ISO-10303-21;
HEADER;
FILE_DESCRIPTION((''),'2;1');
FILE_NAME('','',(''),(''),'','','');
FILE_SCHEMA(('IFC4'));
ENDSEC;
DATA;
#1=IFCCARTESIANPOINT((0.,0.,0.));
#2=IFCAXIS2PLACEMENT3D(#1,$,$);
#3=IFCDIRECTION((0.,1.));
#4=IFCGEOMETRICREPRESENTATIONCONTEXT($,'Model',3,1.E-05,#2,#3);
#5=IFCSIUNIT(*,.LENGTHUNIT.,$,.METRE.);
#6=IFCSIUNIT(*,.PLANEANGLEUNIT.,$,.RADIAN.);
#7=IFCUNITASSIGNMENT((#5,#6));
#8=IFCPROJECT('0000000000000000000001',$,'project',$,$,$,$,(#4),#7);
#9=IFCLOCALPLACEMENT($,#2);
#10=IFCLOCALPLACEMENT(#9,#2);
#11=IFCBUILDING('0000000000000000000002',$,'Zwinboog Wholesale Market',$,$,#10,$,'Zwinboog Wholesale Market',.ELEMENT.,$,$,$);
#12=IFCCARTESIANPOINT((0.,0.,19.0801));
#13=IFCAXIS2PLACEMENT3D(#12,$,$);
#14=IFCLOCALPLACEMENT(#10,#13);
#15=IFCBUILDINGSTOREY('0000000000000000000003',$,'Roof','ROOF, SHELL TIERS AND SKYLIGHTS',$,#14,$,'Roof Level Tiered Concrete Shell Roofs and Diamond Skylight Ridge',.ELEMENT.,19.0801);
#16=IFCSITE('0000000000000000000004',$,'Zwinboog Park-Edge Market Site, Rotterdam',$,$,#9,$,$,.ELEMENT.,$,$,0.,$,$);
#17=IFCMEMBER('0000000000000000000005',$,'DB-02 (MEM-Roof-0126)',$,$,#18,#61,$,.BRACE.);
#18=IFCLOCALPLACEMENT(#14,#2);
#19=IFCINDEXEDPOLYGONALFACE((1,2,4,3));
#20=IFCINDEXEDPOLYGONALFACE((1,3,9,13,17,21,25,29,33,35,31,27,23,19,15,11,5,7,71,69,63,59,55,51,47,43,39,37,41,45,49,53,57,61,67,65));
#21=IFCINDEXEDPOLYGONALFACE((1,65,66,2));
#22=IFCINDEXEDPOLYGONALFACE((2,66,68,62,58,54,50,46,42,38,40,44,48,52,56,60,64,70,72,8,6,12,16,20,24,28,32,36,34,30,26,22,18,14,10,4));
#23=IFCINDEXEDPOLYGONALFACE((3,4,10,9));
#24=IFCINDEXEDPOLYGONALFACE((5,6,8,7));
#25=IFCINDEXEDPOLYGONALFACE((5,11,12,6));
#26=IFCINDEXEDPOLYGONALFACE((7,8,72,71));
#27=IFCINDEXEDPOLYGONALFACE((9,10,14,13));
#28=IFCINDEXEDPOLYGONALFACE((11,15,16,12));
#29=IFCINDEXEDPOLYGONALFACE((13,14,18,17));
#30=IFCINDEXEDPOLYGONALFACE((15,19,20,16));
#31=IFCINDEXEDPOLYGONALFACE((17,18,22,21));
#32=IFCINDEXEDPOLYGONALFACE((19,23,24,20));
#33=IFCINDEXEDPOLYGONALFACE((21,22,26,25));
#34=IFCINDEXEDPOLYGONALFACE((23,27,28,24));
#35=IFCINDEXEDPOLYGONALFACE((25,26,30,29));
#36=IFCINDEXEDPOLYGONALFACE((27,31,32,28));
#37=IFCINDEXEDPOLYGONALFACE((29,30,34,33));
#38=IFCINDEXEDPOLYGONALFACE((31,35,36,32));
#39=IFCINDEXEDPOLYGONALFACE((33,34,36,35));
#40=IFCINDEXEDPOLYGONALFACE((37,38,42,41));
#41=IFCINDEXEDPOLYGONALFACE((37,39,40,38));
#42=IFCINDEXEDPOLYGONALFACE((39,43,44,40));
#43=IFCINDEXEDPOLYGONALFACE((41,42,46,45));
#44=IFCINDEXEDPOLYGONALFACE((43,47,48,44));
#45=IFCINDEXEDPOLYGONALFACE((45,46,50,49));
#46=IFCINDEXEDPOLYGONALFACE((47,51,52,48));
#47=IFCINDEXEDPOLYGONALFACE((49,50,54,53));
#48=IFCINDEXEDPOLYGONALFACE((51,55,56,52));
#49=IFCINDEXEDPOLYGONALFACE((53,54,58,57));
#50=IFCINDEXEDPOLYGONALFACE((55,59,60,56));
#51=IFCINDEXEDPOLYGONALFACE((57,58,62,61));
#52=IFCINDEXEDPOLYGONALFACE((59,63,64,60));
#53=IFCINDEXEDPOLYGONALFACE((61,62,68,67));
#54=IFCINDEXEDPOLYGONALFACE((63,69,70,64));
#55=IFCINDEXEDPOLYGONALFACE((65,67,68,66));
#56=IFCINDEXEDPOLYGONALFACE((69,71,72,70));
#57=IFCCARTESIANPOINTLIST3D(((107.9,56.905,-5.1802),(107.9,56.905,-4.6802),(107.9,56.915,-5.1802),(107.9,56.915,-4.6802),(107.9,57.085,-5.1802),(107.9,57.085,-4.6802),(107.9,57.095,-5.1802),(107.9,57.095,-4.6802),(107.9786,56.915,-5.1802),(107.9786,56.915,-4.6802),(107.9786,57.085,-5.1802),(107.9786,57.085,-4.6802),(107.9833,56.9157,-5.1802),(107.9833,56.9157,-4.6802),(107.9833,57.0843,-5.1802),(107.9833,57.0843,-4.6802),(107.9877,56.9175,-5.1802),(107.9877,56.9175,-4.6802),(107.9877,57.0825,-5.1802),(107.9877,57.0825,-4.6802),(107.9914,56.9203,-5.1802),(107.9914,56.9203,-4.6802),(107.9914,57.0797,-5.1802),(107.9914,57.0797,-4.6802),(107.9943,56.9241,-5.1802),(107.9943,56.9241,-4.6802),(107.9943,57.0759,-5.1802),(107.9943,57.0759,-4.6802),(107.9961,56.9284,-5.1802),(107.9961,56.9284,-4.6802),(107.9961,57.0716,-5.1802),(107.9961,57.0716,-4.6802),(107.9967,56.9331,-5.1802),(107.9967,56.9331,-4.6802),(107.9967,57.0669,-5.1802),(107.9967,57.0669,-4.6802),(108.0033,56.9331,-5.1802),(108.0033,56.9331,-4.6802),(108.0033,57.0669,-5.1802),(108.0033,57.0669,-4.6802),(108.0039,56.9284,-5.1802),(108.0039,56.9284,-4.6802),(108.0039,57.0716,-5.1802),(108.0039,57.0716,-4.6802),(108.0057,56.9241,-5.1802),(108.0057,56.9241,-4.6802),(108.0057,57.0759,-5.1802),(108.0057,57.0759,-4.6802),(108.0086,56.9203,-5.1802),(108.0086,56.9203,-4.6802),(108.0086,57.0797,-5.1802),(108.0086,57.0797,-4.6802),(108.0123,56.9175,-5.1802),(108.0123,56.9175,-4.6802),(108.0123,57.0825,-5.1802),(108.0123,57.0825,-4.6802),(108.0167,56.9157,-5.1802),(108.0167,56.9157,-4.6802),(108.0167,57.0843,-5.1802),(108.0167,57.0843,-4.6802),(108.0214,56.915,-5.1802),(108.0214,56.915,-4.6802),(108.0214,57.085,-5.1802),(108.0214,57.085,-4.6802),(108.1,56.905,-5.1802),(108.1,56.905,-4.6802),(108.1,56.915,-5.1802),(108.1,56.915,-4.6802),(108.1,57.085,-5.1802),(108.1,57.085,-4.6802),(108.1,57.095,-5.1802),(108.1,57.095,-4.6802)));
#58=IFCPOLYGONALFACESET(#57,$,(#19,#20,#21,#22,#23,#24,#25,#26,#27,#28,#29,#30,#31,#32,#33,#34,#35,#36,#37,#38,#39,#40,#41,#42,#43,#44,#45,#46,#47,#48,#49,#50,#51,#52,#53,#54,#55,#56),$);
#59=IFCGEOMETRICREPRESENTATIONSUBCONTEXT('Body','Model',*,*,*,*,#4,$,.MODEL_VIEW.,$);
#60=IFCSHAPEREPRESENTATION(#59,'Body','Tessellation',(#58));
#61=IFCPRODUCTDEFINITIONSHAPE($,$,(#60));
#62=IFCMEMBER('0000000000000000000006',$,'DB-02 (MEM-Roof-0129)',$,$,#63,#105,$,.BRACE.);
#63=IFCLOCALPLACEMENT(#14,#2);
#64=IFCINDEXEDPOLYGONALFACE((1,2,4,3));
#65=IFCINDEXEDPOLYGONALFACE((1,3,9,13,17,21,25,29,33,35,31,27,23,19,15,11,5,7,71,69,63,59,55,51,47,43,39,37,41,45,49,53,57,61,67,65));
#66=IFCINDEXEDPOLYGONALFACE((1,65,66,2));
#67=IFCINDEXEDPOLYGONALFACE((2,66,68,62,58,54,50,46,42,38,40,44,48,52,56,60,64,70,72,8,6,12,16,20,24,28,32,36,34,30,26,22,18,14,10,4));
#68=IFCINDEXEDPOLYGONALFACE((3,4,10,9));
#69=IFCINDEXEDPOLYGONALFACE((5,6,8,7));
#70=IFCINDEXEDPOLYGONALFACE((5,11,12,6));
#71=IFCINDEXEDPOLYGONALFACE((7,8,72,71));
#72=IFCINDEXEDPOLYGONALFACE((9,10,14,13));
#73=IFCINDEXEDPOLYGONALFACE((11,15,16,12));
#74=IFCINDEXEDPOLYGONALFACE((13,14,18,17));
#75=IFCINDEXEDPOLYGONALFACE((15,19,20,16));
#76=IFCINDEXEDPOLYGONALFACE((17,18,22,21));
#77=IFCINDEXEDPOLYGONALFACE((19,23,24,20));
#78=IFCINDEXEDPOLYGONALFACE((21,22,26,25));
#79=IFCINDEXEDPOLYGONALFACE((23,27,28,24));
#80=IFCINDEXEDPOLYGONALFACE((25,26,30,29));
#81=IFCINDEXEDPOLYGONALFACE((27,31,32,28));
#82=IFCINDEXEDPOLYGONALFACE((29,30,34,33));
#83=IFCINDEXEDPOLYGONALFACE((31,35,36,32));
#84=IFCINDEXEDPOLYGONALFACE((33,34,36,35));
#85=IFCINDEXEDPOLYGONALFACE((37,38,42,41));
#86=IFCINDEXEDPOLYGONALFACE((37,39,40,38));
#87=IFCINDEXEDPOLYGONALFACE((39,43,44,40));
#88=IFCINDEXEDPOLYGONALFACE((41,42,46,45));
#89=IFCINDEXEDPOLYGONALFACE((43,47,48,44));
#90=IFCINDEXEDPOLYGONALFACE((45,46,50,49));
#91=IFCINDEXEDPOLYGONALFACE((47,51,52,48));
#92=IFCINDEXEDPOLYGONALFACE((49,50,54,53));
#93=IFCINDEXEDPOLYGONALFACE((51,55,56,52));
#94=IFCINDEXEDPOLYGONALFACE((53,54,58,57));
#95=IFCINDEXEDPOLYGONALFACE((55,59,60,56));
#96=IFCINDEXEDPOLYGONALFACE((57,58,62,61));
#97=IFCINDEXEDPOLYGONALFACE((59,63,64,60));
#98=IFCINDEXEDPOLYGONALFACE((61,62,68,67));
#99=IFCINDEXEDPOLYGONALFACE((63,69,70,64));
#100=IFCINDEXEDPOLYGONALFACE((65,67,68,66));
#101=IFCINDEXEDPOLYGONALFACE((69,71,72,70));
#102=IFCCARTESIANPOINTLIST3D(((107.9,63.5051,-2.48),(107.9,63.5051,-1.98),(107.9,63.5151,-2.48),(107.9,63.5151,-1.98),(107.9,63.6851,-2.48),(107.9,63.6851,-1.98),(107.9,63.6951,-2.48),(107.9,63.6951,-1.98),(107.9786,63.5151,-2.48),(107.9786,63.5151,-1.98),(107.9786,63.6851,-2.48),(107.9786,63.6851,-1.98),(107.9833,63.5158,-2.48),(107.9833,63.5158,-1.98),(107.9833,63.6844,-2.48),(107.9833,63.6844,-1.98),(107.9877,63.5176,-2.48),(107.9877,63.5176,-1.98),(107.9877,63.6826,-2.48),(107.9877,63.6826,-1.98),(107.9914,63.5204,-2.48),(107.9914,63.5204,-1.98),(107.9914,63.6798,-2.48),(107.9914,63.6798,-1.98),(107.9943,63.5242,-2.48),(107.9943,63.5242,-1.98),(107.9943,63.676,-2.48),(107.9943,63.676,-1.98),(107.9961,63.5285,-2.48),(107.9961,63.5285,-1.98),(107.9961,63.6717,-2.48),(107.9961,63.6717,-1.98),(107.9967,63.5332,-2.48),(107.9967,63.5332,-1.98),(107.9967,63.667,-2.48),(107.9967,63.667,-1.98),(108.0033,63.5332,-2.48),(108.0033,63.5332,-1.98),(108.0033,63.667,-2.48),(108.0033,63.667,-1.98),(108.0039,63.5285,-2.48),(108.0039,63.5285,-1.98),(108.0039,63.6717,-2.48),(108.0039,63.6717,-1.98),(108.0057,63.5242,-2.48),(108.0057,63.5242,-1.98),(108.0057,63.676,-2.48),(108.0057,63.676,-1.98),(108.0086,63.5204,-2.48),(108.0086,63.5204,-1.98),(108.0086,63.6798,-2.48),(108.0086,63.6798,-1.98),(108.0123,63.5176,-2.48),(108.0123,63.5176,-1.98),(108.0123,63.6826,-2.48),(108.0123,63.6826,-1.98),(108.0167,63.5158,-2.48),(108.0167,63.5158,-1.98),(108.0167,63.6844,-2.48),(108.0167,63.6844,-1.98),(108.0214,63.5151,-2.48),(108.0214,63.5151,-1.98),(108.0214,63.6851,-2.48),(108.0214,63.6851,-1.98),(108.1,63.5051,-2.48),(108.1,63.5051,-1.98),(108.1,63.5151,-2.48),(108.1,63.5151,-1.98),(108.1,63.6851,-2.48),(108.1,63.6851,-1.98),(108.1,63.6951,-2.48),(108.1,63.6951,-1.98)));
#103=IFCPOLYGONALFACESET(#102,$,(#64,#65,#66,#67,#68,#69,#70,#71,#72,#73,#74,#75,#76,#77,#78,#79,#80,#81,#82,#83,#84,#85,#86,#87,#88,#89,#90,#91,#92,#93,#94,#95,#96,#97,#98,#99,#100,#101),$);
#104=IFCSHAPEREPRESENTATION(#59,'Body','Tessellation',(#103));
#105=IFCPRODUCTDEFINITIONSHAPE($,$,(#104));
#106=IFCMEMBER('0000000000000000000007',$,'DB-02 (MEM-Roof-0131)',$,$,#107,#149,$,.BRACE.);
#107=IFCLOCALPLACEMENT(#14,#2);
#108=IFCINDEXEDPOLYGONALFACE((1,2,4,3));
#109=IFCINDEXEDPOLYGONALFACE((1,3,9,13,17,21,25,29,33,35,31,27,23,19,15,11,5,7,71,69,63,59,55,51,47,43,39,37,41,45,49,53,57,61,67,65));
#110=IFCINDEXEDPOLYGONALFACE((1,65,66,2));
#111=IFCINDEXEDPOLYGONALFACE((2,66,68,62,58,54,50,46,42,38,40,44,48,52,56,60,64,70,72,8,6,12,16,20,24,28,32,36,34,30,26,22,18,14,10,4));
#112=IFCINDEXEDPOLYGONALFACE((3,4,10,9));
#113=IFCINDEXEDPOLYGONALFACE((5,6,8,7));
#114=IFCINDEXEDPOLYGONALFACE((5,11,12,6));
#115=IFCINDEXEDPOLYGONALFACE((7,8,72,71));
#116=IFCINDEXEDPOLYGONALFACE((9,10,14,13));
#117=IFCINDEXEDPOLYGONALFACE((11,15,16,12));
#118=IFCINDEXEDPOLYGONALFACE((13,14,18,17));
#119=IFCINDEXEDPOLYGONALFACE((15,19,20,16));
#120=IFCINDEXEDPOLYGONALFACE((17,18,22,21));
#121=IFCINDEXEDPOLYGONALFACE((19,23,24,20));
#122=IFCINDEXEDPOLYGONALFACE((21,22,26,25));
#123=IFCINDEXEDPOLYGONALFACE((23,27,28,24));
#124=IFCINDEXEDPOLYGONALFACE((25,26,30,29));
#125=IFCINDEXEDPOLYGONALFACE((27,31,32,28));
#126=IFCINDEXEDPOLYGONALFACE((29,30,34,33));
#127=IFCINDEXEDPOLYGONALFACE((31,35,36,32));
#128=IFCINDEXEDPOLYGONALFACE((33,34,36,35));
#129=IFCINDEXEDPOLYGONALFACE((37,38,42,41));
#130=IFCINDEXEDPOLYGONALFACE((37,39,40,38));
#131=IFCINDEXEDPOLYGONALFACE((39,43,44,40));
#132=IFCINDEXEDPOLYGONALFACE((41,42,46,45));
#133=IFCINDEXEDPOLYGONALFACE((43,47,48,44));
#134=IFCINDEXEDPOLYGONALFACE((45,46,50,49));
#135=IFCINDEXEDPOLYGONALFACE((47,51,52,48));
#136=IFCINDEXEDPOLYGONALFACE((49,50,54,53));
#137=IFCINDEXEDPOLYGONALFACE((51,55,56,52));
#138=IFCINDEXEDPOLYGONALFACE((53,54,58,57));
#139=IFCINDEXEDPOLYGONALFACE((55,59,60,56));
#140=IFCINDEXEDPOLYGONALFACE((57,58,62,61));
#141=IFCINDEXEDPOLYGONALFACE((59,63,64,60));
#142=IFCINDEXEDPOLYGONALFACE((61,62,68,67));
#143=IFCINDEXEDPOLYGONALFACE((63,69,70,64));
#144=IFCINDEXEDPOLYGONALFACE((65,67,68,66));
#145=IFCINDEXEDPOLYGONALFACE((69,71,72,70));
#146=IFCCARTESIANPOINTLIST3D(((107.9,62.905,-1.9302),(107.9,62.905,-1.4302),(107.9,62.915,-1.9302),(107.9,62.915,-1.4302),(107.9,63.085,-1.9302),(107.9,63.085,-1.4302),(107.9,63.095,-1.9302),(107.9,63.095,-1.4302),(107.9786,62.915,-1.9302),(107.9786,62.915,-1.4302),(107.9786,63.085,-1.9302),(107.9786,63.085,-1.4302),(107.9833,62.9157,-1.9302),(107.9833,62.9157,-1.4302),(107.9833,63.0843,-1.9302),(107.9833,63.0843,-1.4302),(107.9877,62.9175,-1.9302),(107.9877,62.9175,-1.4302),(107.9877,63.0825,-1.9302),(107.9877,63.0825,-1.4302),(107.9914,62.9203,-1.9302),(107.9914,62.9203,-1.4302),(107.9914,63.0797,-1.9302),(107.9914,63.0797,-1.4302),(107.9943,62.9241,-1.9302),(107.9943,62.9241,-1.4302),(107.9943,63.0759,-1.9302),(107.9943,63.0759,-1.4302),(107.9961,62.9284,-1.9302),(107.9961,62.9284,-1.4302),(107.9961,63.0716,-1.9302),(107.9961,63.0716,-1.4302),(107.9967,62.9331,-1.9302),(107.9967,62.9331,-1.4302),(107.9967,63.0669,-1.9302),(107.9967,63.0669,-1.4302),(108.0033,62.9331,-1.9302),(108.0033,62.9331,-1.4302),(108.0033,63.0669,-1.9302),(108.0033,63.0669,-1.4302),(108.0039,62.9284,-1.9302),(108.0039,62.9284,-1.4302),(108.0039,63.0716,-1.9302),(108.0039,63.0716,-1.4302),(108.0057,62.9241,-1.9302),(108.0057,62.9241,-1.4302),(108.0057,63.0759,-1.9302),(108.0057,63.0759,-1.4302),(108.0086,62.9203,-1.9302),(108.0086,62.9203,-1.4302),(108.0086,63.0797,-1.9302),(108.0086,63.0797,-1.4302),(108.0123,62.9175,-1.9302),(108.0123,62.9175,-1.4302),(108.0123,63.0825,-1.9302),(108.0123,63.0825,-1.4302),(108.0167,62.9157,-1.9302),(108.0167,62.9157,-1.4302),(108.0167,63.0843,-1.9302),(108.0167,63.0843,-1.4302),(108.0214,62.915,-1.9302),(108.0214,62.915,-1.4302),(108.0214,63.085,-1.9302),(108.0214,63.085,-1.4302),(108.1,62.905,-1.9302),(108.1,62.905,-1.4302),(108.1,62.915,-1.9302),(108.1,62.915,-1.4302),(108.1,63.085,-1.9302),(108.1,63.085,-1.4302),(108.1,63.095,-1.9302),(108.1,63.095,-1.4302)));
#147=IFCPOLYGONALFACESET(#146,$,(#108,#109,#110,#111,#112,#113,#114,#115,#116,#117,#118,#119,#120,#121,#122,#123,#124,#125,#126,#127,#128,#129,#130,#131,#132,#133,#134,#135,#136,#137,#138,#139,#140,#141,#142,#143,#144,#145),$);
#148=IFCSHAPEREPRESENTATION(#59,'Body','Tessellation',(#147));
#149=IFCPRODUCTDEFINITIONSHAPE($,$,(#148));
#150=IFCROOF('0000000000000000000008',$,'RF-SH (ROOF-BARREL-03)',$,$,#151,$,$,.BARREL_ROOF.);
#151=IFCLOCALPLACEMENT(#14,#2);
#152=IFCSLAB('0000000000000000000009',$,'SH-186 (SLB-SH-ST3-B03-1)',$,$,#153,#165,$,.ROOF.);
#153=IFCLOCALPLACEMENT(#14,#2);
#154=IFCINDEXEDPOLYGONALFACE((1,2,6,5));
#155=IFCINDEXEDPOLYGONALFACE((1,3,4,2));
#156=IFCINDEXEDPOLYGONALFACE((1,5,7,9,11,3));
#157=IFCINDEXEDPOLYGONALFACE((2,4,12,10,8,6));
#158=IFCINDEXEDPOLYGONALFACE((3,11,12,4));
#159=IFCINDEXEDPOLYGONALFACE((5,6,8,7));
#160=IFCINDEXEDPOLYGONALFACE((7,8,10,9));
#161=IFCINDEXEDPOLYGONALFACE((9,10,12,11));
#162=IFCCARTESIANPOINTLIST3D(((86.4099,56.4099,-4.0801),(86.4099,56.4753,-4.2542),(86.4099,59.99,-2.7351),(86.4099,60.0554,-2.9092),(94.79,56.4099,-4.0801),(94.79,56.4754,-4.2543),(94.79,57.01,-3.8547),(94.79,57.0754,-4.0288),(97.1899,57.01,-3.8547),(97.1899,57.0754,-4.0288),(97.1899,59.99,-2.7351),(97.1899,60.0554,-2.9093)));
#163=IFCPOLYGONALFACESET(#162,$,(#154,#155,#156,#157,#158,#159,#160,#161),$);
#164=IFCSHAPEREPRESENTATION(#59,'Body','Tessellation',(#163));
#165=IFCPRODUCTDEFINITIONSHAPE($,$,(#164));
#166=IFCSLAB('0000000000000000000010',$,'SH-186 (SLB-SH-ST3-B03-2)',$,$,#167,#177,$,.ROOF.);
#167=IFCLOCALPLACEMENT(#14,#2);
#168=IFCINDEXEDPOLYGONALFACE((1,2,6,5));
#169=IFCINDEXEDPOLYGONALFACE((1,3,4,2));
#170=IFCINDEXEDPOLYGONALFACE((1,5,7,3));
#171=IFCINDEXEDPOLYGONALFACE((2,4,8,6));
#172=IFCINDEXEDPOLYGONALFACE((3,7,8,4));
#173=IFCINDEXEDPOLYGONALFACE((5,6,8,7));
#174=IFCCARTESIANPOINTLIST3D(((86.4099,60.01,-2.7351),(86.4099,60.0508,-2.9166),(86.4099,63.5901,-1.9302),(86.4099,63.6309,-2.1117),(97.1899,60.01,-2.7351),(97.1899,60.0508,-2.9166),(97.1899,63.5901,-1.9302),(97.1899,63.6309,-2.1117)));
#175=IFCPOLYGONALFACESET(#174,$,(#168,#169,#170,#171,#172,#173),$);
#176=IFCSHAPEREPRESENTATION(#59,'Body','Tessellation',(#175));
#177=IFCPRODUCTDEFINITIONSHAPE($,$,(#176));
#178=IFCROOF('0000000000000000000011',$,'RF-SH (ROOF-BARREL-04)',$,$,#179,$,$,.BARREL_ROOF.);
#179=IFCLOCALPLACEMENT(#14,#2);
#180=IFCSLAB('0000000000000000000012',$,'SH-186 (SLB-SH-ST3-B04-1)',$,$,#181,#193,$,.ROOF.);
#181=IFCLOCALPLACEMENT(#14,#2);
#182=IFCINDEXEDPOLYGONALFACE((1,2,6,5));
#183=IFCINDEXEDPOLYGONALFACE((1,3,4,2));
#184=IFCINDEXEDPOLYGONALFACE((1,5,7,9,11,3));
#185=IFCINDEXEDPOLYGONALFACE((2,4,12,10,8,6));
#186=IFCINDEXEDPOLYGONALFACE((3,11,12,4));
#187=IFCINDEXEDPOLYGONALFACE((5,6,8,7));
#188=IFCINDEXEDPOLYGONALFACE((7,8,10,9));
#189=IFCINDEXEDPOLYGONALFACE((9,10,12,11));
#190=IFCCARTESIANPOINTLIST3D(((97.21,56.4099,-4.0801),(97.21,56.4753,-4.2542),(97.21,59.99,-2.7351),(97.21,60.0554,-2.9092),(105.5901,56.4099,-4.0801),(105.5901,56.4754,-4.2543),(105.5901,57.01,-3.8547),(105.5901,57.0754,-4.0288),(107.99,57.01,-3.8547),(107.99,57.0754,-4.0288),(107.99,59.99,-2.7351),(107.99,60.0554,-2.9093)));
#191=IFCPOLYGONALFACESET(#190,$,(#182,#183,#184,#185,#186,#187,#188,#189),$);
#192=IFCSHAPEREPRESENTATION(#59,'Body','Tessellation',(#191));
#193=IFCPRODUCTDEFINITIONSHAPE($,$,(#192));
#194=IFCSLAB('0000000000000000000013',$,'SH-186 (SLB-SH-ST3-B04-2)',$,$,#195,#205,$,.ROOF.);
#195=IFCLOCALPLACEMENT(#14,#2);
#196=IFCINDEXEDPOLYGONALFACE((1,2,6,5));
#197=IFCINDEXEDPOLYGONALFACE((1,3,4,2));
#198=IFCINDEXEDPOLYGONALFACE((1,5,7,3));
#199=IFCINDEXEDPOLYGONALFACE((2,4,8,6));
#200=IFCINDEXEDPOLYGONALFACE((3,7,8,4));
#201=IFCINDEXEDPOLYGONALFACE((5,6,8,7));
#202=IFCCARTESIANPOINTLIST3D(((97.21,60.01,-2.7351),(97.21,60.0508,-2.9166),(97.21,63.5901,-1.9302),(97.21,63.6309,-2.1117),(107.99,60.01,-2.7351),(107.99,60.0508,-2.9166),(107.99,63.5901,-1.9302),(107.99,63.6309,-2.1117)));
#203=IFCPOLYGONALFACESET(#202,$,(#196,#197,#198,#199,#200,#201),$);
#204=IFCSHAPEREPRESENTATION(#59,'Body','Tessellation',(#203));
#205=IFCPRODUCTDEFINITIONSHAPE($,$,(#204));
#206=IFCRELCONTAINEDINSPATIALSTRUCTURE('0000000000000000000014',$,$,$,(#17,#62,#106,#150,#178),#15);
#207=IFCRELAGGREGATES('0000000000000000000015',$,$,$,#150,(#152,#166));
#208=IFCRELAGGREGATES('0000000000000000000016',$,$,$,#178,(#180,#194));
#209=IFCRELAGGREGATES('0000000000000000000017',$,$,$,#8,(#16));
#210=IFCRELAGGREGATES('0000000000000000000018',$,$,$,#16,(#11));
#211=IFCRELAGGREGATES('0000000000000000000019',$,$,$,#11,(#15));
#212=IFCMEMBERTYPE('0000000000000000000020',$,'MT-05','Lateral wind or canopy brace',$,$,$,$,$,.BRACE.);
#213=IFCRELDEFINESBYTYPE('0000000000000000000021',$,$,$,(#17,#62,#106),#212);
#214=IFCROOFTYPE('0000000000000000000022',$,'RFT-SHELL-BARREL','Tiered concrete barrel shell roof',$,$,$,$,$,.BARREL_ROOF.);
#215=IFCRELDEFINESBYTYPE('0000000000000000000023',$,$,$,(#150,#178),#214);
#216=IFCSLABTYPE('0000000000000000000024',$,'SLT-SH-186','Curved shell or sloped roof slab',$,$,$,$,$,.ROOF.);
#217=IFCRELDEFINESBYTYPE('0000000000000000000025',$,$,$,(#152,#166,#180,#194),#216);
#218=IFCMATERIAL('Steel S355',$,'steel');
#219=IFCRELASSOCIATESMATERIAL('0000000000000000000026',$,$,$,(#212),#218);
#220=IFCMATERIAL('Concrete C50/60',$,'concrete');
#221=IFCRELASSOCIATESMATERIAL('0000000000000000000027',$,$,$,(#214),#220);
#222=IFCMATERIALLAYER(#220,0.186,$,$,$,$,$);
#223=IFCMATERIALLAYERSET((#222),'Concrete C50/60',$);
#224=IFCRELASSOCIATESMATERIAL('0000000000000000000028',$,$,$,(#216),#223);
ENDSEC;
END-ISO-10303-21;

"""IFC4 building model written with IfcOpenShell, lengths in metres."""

from ifc_helpers import new_model, si_unit, direction, frame, origin, origin_2d, place, context, subcontext, project, spatial, polyline, i_section, outline, extrude, material, layer, layer_set, material_profile, profile_set, type_object, element, aggregate, save


model = new_model("IFC4")

# Units and contexts
model_context = context("Model", 3, precision=1e-05, world=origin(), true_north=direction((0.0, 1.0)))
body_context = subcontext(model_context, "Body", "Model", "MODEL_VIEW")
ifc_project = project(units=[si_unit("LENGTHUNIT", "METRE"), si_unit("PLANEANGLEUNIT", "RADIAN")], contexts=[model_context])

# Site, building, storey
site_placement = place(None, origin())
site = spatial("IfcSite", under=ifc_project, at=site_placement, Name="Zwinboog Park-Edge Market Site, Rotterdam", CompositionType="ELEMENT", RefElevation=0.0)
building_placement = place(site_placement, origin())
building = spatial("IfcBuilding", under=site, at=building_placement, Name="Zwinboog Wholesale Market", LongName="Zwinboog Wholesale Market", CompositionType="ELEMENT")
storey_placement = place(building_placement, frame((0.0, 0.0, 19.0801)))
storey = spatial("IfcBuildingStorey", under=building, at=storey_placement, Name="Roof", Description="ROOF, SHELL TIERS AND SKYLIGHTS", LongName="Roof Level Tiered Concrete Shell Roofs and Diamond Skylight Ridge", CompositionType="ELEMENT", Elevation=19.0801)

# Members
ifc_material_1 = material(Name="Steel S355", Category="steel")
ifc_material_profile_1 = material_profile(ifc_material_1, i_section(OverallWidth=0.2, OverallDepth=0.1899, WebThickness=0.0066, FlangeThickness=0.01, FilletRadius=0.0181, at=origin_2d()), Name="HEA 200")
ifc_profile_set_1 = profile_set([ifc_material_profile_1], Name="Steel S355")
member_type_1 = type_object("IfcMemberType", Name="MT-05", Description="Lateral wind or canopy brace", PredefinedType="BRACE", material=ifc_profile_set_1)
for number, where, z_axis, x_axis, name in (
    (1, (108.0, 57.0, -5.1802), (0.0, 0.0, 1.0), (1.0, 0.0, 0.0), "DB-02 (MEM-Roof-0126)"),
    (2, (108.0, 63.6001, -2.48), (0.0, 0.0, 1.0), (1.0, 0.0, 0.0), "DB-02 (MEM-Roof-0129)"),
    (3, (108.0, 63.0, -1.9302), (0.0, 0.0, 1.0), (1.0, 0.0, 0.0), "DB-02 (MEM-Roof-0131)"),
):
    element("IfcMember", number, at=place(storey_placement, frame(where, z_axis=z_axis, x_axis=x_axis)), inside=storey, type_object=member_type_1, Name=name, PredefinedType="BRACE", context=body_context, shape_type="SweptSolid", body=[
        extrude(i_section(OverallWidth=0.2, OverallDepth=0.1899, WebThickness=0.0066, FlangeThickness=0.01, FilletRadius=0.0181, at=origin_2d()), origin(), (0.0, 0.0, 1.0), 0.5),
    ])

# Roofs, slabs
ifc_material_2 = material(Name="Concrete C50/60", Category="concrete")
roof_type = type_object("IfcRoofType", Name="RFT-SHELL-BARREL", Description="Tiered concrete barrel shell roof", PredefinedType="BARREL_ROOF", material=ifc_material_2)
roof_1_placement = place(storey_placement, origin())
roof_1 = element("IfcRoof", 4, at=roof_1_placement, inside=storey, type_object=roof_type, Name="RF-SH (ROOF-BARREL-03)", PredefinedType="BARREL_ROOF")
ifc_layer_1 = layer(ifc_material_2, 0.186)
ifc_layer_set_1 = layer_set([ifc_layer_1], Name="Concrete C50/60")
slab_type_1 = type_object("IfcSlabType", Name="SLT-SH-186", Description="Curved shell or sloped roof slab", PredefinedType="ROOF", material=ifc_layer_set_1)
slab_1_placement = place(storey_placement, frame((86.4099, 56.4099, -4.0801), z_axis=(0.000005, -0.351689, 0.936117), x_axis=(1.0, 0.000002, -0.000004)))
slab_1 = element("IfcSlab", 5, at=slab_1_placement, type_object=slab_type_1, Name="SH-186 (SLB-SH-ST3-B03-1)", PredefinedType="ROOF", context=body_context, shape_type="SweptSolid", body=[
    extrude(outline(polyline([(0.0, 0.0), (8.3801, 0.0), (8.3801, 0.641), (10.78, 0.641), (10.78, 3.8244), (0.0, 3.8244), (0.0, 0.0)])), origin(), (0.0, 0.0, -1.0), 0.186),
])
slab_2_placement = place(storey_placement, frame((86.4099, 60.01, -2.7351), z_axis=(0.0, -0.21936, 0.975644), x_axis=(1.0, 0.0, 0.0)))
slab_2 = element("IfcSlab", 6, at=slab_2_placement, type_object=slab_type_1, Name="SH-186 (SLB-SH-ST3-B03-2)", PredefinedType="ROOF", context=body_context, shape_type="SweptSolid", body=[
    extrude(outline(polyline([(0.0, 0.0), (10.78, 0.0), (10.78, 3.6695), (0.0, 3.6695), (0.0, 0.0)])), origin(), (0.0, 0.0, -1.0), 0.186),
])
roof_2_placement = place(storey_placement, origin())
roof_2 = element("IfcRoof", 7, at=roof_2_placement, inside=storey, type_object=roof_type, Name="RF-SH (ROOF-BARREL-04)", PredefinedType="BARREL_ROOF")
slab_3_placement = place(storey_placement, frame((97.21, 56.4099, -4.0801), z_axis=(0.000005, -0.351689, 0.936117), x_axis=(1.0, 0.000002, -0.000004)))
slab_3 = element("IfcSlab", 8, at=slab_3_placement, type_object=slab_type_1, Name="SH-186 (SLB-SH-ST3-B04-1)", PredefinedType="ROOF", context=body_context, shape_type="SweptSolid", body=[
    extrude(outline(polyline([(0.0, 0.0), (8.3801, 0.0), (8.3801, 0.641), (10.78, 0.641), (10.78, 3.8244), (0.0, 3.8244), (0.0, 0.0)])), origin(), (0.0, 0.0, -1.0), 0.186),
])
slab_4_placement = place(storey_placement, frame((97.21, 60.01, -2.7351), z_axis=(0.0, -0.21936, 0.975644), x_axis=(1.0, 0.0, 0.0)))
slab_4 = element("IfcSlab", 9, at=slab_4_placement, type_object=slab_type_1, Name="SH-186 (SLB-SH-ST3-B04-2)", PredefinedType="ROOF", context=body_context, shape_type="SweptSolid", body=[
    extrude(outline(polyline([(0.0, 0.0), (10.78, 0.0), (10.78, 3.6695), (0.0, 3.6695), (0.0, 0.0)])), origin(), (0.0, 0.0, -1.0), 0.186),
])

aggregate(roof_1, [slab_1, slab_2])
aggregate(roof_2, [slab_3, slab_4])

save(model, "model.ifc")
